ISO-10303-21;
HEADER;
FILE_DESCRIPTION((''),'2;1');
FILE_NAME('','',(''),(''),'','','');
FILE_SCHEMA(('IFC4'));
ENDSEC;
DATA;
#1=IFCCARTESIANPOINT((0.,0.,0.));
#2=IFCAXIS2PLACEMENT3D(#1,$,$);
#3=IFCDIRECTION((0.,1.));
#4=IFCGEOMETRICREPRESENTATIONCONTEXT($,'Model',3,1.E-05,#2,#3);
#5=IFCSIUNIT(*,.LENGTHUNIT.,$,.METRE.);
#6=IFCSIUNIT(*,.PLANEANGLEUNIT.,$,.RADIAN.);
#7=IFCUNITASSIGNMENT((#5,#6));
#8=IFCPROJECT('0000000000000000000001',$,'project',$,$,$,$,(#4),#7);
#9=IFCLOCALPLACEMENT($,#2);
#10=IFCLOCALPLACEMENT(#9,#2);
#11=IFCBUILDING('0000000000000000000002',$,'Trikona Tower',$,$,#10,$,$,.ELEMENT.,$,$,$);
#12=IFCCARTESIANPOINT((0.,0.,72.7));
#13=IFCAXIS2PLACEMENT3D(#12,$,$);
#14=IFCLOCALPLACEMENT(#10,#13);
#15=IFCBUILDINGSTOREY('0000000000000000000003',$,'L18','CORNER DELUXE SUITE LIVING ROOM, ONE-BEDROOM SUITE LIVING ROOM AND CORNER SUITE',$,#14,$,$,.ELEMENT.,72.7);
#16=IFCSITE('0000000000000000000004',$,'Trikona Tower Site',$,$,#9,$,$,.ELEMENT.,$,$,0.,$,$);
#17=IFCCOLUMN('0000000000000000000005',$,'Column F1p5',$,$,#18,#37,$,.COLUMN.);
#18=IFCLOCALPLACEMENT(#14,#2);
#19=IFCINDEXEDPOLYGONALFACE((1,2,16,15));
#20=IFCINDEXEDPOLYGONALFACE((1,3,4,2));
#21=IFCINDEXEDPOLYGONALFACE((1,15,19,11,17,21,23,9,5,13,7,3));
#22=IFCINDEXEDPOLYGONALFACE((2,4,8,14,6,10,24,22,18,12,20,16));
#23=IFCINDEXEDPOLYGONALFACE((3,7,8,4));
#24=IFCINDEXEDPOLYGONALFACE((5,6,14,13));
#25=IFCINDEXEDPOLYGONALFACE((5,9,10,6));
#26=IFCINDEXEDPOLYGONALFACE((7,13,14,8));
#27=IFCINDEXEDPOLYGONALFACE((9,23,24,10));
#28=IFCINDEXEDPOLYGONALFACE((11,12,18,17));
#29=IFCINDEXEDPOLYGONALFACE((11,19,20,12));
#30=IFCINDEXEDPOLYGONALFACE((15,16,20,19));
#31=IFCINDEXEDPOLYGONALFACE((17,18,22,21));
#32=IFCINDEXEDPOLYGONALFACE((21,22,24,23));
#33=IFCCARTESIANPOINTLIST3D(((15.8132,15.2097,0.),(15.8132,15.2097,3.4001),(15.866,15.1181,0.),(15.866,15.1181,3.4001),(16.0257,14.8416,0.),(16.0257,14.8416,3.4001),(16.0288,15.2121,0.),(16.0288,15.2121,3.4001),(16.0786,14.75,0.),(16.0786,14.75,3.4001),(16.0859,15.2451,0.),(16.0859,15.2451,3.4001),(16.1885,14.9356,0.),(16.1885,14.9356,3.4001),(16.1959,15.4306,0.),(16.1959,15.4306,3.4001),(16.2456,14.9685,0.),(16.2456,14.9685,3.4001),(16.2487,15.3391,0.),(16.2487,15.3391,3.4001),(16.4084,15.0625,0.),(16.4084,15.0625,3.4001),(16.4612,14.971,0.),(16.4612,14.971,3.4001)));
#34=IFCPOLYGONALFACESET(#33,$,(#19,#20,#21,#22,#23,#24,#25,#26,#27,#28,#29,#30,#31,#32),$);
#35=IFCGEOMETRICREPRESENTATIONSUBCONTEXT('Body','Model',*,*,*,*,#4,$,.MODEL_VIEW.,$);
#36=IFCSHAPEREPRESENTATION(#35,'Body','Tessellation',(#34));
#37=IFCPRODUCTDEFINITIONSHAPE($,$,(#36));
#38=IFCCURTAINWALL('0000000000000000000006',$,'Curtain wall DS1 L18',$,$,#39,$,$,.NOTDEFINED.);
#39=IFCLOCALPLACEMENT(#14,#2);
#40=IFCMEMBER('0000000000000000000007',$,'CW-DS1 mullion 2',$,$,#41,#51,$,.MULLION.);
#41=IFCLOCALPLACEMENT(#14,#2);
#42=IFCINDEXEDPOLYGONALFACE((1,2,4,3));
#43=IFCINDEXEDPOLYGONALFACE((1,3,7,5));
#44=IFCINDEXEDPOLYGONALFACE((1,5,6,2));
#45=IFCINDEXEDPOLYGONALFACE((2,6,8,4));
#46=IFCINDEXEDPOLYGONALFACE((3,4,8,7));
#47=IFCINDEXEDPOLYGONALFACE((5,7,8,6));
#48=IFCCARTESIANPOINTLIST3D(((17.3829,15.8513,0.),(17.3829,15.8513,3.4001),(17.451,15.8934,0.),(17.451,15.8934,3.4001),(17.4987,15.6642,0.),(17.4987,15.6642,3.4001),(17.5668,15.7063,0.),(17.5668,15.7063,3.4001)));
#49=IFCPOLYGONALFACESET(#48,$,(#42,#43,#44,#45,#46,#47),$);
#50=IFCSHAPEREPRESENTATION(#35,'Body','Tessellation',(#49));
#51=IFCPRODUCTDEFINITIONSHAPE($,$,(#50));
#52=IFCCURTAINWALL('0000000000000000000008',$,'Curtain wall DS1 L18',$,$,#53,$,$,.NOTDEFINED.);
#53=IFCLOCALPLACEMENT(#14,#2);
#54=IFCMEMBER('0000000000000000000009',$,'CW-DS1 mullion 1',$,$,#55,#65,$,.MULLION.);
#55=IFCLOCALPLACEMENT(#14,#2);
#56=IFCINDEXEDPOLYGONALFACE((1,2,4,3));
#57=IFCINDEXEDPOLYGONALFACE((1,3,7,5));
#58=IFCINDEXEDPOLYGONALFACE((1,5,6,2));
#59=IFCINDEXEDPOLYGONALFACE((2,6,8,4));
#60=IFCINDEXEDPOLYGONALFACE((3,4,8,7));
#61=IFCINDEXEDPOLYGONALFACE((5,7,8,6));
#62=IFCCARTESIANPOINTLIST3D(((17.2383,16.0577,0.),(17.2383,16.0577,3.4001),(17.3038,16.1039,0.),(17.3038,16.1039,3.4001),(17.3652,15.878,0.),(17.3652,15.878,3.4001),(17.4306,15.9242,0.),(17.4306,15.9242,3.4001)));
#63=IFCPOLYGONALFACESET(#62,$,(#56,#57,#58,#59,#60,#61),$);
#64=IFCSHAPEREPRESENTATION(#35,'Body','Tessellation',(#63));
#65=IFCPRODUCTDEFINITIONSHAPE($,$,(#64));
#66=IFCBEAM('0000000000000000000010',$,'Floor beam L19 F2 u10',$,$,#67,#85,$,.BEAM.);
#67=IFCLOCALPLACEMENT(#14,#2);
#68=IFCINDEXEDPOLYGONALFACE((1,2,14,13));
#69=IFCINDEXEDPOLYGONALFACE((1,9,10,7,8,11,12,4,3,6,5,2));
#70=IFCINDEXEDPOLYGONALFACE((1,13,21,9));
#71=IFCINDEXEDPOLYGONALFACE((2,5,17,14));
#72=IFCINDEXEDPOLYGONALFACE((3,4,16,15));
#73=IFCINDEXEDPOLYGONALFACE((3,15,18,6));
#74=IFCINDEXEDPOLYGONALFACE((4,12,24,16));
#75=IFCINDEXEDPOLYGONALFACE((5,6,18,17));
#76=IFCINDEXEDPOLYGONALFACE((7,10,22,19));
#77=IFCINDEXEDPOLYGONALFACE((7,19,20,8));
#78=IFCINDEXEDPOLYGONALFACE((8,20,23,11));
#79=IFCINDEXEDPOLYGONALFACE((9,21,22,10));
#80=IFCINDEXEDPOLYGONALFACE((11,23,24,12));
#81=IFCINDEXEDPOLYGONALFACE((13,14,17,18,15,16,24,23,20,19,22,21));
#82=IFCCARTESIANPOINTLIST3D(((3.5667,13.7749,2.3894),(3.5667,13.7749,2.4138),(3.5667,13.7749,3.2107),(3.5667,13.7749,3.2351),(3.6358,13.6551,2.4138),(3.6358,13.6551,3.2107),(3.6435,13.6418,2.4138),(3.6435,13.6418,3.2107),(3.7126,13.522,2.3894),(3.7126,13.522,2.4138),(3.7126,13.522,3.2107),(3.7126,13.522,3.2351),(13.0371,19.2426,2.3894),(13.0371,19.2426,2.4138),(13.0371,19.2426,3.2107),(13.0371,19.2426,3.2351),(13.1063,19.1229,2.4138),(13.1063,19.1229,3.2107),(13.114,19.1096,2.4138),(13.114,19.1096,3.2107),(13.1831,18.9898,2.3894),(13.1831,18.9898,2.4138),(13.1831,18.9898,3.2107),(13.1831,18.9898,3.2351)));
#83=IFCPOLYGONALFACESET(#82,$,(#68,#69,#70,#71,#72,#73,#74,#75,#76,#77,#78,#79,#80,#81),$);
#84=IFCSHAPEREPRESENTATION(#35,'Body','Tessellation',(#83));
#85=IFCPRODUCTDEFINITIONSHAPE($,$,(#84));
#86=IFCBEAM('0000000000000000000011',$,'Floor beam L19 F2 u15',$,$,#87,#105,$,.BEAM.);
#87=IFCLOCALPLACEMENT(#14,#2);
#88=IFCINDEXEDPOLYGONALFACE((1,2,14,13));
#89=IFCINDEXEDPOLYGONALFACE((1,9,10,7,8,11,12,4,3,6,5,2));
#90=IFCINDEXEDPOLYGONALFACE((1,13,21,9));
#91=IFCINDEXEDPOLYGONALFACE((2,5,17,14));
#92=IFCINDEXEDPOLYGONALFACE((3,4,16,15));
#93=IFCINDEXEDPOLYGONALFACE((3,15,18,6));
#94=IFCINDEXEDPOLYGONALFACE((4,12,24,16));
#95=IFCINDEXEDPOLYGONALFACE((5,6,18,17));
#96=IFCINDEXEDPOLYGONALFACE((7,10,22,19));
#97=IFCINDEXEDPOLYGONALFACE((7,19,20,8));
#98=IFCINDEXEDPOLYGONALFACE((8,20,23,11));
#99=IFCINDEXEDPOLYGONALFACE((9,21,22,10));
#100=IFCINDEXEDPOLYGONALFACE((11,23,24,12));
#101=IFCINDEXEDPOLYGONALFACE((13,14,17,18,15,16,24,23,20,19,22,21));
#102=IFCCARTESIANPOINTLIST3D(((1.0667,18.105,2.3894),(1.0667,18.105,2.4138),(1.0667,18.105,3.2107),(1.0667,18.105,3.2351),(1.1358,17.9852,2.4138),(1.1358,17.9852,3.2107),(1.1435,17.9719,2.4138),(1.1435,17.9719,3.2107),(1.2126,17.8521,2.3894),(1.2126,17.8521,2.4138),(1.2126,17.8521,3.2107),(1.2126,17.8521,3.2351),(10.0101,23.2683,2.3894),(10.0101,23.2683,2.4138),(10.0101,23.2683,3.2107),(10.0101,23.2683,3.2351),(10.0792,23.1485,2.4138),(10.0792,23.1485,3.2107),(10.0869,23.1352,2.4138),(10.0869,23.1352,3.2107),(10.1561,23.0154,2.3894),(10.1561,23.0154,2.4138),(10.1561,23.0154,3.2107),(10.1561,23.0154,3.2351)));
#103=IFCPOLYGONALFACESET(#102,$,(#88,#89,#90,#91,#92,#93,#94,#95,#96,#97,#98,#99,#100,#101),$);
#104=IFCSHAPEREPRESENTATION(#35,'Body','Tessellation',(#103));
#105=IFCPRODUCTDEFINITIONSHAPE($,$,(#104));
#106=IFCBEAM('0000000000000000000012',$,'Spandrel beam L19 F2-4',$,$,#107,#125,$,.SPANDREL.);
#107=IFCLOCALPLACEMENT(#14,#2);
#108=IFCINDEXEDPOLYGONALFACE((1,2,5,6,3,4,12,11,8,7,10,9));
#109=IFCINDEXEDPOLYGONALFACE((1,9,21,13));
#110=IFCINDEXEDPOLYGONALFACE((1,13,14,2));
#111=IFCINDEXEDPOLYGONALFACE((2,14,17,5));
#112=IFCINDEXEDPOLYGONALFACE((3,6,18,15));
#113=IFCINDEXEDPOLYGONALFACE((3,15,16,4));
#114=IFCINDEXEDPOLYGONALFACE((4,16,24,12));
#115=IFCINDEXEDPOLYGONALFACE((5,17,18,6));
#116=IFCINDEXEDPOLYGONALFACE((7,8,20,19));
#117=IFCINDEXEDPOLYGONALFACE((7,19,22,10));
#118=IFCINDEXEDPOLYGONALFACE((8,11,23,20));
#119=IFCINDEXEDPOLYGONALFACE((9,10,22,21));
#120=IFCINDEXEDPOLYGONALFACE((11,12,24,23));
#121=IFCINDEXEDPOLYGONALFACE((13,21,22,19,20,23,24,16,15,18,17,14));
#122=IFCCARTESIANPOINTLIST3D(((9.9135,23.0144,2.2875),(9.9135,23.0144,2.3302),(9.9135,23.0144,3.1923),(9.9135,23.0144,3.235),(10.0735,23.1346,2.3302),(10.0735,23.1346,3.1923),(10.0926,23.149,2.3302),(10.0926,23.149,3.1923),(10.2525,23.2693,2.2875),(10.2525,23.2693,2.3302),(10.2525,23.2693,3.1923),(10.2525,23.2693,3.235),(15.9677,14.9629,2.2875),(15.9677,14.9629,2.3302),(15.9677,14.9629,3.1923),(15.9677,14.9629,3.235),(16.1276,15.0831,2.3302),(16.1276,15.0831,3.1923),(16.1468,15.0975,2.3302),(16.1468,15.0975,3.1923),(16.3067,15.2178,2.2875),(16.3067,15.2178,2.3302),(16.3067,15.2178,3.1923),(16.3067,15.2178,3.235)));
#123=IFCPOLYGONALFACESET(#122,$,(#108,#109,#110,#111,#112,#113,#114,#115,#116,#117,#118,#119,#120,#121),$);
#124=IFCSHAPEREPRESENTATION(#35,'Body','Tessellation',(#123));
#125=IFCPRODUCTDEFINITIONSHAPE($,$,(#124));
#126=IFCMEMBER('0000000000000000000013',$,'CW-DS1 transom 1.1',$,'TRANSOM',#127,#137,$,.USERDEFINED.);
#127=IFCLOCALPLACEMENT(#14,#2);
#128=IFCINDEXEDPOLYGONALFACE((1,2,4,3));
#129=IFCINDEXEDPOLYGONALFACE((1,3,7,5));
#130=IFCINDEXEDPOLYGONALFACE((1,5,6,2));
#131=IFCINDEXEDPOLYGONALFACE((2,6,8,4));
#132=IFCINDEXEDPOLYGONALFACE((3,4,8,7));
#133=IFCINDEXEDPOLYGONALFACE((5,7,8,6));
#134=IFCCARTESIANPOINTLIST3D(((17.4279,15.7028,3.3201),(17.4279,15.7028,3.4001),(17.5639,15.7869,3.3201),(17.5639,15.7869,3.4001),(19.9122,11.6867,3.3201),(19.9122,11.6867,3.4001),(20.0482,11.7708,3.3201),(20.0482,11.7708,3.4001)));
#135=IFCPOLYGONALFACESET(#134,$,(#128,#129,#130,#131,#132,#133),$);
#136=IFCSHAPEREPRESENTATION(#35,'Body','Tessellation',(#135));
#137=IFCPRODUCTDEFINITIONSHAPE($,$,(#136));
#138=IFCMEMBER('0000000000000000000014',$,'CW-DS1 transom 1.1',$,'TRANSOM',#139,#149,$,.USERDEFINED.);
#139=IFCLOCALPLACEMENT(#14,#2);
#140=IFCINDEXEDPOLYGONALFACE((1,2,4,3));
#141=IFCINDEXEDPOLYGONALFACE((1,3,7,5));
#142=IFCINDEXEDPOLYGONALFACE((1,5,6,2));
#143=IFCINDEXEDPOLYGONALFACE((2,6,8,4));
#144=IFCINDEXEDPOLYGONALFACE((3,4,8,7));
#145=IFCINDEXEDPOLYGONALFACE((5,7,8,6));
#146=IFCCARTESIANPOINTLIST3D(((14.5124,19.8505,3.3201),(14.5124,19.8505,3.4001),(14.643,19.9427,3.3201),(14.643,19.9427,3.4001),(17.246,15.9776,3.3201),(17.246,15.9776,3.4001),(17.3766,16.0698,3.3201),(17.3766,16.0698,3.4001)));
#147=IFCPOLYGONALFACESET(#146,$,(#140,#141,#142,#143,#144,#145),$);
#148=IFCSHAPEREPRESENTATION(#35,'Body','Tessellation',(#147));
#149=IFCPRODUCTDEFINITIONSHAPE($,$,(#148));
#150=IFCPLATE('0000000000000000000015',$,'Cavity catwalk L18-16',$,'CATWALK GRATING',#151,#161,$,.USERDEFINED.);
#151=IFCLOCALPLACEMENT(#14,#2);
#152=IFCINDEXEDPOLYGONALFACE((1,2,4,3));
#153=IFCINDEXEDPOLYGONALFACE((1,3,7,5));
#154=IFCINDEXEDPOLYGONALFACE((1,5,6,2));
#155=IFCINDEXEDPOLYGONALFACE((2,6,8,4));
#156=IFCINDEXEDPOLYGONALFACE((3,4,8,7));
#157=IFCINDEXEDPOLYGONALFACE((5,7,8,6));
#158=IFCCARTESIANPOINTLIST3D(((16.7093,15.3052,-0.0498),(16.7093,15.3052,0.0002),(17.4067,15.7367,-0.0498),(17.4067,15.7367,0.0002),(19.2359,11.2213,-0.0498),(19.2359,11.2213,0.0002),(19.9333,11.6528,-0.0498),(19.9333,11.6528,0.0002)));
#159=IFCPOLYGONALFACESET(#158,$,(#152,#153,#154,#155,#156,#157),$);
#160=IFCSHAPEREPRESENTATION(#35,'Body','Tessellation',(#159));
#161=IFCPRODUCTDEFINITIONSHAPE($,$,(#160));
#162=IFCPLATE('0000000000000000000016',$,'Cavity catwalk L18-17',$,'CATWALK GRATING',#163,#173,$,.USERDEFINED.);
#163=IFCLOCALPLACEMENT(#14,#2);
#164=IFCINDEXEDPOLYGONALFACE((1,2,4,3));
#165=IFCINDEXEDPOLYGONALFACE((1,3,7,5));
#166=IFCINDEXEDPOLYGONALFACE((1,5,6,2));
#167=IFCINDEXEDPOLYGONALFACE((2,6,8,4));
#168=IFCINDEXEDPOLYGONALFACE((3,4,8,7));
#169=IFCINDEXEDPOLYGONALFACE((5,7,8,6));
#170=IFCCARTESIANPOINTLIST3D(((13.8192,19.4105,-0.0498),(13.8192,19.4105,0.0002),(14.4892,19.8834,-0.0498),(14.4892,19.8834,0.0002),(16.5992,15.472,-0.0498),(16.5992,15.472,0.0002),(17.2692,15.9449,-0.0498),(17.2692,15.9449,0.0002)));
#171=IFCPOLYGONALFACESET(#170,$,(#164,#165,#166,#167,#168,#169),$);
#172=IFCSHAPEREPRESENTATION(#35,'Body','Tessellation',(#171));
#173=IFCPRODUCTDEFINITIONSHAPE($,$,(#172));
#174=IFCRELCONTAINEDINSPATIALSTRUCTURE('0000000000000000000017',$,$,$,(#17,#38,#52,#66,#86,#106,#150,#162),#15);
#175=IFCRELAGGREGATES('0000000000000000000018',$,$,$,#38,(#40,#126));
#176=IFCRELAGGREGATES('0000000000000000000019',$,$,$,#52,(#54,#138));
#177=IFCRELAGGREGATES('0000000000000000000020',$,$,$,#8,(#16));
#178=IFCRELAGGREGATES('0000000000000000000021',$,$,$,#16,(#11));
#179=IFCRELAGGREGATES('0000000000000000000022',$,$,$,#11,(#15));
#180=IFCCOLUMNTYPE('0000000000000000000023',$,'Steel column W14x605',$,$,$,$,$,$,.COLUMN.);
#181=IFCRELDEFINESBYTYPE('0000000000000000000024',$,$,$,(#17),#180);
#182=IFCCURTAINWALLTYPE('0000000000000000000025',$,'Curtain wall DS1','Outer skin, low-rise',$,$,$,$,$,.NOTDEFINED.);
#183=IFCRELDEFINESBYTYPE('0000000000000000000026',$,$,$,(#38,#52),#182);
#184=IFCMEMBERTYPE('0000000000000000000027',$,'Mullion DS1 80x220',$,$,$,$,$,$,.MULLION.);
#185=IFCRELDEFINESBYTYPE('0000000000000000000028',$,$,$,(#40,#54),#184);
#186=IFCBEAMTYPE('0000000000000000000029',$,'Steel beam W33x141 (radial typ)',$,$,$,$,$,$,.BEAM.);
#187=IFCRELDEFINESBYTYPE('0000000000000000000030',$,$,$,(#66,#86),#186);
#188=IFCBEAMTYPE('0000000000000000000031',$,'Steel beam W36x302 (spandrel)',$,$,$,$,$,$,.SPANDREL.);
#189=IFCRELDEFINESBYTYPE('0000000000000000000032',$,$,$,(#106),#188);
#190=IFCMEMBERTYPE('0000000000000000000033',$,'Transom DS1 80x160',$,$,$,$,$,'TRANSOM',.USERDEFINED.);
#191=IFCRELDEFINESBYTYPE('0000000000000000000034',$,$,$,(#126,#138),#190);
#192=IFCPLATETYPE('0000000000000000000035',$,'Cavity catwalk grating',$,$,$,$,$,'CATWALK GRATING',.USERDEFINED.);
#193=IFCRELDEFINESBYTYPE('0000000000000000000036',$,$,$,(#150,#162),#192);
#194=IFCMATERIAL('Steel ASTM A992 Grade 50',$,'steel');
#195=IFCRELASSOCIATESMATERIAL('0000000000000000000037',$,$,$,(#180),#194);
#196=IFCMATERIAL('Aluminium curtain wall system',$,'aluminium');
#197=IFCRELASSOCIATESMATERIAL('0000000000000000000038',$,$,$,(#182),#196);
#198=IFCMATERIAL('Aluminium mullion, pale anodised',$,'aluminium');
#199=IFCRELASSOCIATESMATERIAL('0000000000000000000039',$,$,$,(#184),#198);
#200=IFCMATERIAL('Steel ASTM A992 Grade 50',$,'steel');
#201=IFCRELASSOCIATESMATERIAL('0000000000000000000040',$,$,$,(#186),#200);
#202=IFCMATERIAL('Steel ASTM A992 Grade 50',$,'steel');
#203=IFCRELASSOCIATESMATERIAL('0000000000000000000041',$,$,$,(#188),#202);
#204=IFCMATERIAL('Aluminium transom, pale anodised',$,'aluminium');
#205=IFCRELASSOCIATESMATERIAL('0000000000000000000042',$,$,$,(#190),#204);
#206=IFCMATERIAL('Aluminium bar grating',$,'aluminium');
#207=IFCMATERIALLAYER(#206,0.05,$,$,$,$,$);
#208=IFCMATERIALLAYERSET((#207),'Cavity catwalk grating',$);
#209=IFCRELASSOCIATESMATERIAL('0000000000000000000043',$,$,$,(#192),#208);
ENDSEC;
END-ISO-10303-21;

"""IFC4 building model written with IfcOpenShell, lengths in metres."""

from ifc_helpers import new_model, si_unit, direction, frame, origin, origin_2d, place, context, subcontext, project, spatial, rectangle, i_section, extrude, material, layer, layer_set, material_profile, profile_set, type_object, element, aggregate, save


model = new_model("IFC4")

# Units and contexts
model_context = context("Model", 3, precision=1e-05, world=origin(), true_north=direction((0.0, 1.0)))
body_context = subcontext(model_context, "Body", "Model", "MODEL_VIEW")
ifc_project = project(units=[si_unit("LENGTHUNIT", "METRE"), si_unit("PLANEANGLEUNIT", "RADIAN")], contexts=[model_context])

# Site, building, storey
site_placement = place(None, origin())
site = spatial("IfcSite", under=ifc_project, at=site_placement, Name="Trikona Tower Site", CompositionType="ELEMENT", RefElevation=0.0)
building_placement = place(site_placement, origin())
building = spatial("IfcBuilding", under=site, at=building_placement, Name="Trikona Tower", CompositionType="ELEMENT")
storey_placement = place(building_placement, frame((0.0, 0.0, 72.7)))
storey = spatial("IfcBuildingStorey", under=building, at=storey_placement, Name="L18", Description="CORNER DELUXE SUITE LIVING ROOM, ONE-BEDROOM SUITE LIVING ROOM AND CORNER SUITE", CompositionType="ELEMENT", Elevation=72.7)

# Column
ifc_material_1 = material(Name="Steel ASTM A992 Grade 50", Category="steel")
ifc_material_profile_1 = material_profile(ifc_material_1, i_section(OverallWidth=0.4419, OverallDepth=0.5308, WebThickness=0.0659, FlangeThickness=0.1057, at=origin_2d()), Name="W14X605")
ifc_profile_set_1 = profile_set([ifc_material_profile_1], Name="Steel ASTM A992 Grade 50")
column_type = type_object("IfcColumnType", Name="Steel column W14x605", PredefinedType="COLUMN", material=ifc_profile_set_1)
column_placement = place(storey_placement, frame((16.1372, 15.0903, 0.0), z_axis=(0.0, 0.0, 1.0), x_axis=(0.866025, 0.5, 0.0)))
element("IfcColumn", 1, at=column_placement, inside=storey, type_object=column_type, Name="Column F1p5", PredefinedType="COLUMN", context=body_context, shape_type="SweptSolid", body=[
    extrude(i_section(OverallWidth=0.4419, OverallDepth=0.5308, WebThickness=0.0659, FlangeThickness=0.1057, at=origin_2d()), origin(), (0.0, 0.0, 1.0), 3.4001),
])

# Curtain walls, members
ifc_material_2 = material(Name="Aluminium curtain wall system", Category="aluminium")
curtain_wall_type = type_object("IfcCurtainWallType", Name="Curtain wall DS1", Description="Outer skin, low-rise", PredefinedType="NOTDEFINED", material=ifc_material_2)
curtain_wall_1_placement = place(storey_placement, origin())
curtain_wall_1 = element("IfcCurtainWall", 2, at=curtain_wall_1_placement, inside=storey, type_object=curtain_wall_type, Name="Curtain wall DS1 L18", PredefinedType="NOTDEFINED")
ifc_material_3 = material(Name="Aluminium mullion, pale anodised", Category="aluminium")
ifc_material_profile_2 = material_profile(ifc_material_3, rectangle(XDim=0.0801, YDim=0.22, at=origin_2d()), Name="MUL-DS1")
ifc_profile_set_2 = profile_set([ifc_material_profile_2], Name="Aluminium mullion, pale anodised")
member_type_1 = type_object("IfcMemberType", Name="Mullion DS1 80x220", PredefinedType="MULLION", material=ifc_profile_set_2)
member_1_placement = place(storey_placement, frame((17.4749, 15.7788, 0.0), z_axis=(0.0, 0.0, 1.0), x_axis=(-0.85041, -0.52612, 0.0)))
member_1 = element("IfcMember", 3, at=member_1_placement, type_object=member_type_1, Name="CW-DS1 mullion 2", PredefinedType="MULLION", context=body_context, shape_type="SweptSolid", body=[
    extrude(rectangle(XDim=0.0801, YDim=0.22, at=origin_2d()), origin(), (0.0, 0.0, 1.0), 3.4001),
])
curtain_wall_2_placement = place(storey_placement, origin())
curtain_wall_2 = element("IfcCurtainWall", 4, at=curtain_wall_2_placement, inside=storey, type_object=curtain_wall_type, Name="Curtain wall DS1 L18", PredefinedType="NOTDEFINED")
member_2_placement = place(storey_placement, frame((17.3345, 15.991, 0.0), z_axis=(0.0, 0.0, 1.0), x_axis=(-0.816985, -0.576658, 0.0)))
member_2 = element("IfcMember", 5, at=member_2_placement, type_object=member_type_1, Name="CW-DS1 mullion 1", PredefinedType="MULLION", context=body_context, shape_type="SweptSolid", body=[
    extrude(rectangle(XDim=0.0801, YDim=0.22, at=origin_2d()), origin(), (0.0, 0.0, 1.0), 3.4001),
])

# Beams
ifc_material_4 = material(Name="Steel ASTM A992 Grade 50", Category="steel")
ifc_material_profile_3 = material_profile(ifc_material_4, i_section(OverallWidth=0.292, OverallDepth=0.8457, WebThickness=0.0154, FlangeThickness=0.0244, at=origin_2d()), Name="W33X141")
ifc_profile_set_3 = profile_set([ifc_material_profile_3], Name="Steel ASTM A992 Grade 50")
beam_type_1 = type_object("IfcBeamType", Name="Steel beam W33x141 (radial typ)", PredefinedType="BEAM", material=ifc_profile_set_3)
beam_1_placement = place(storey_placement, frame((3.6396, 13.6484, 2.8123), z_axis=(0.866025, 0.5, 0.0), x_axis=(-0.5, 0.866025, 0.0)))
element("IfcBeam", 6, at=beam_1_placement, inside=storey, type_object=beam_type_1, Name="Floor beam L19 F2 u10", PredefinedType="BEAM", context=body_context, shape_type="SweptSolid", body=[
    extrude(i_section(OverallWidth=0.292, OverallDepth=0.8457, WebThickness=0.0154, FlangeThickness=0.0244, at=origin_2d()), origin(), (0.0, 0.0, 1.0), 10.9355),
])
beam_2_placement = place(storey_placement, frame((1.1396, 17.9785, 2.8123), z_axis=(0.86603, 0.499991, 0.0), x_axis=(-0.499991, 0.86603, 0.0)))
element("IfcBeam", 7, at=beam_2_placement, inside=storey, type_object=beam_type_1, Name="Floor beam L19 F2 u15", PredefinedType="BEAM", context=body_context, shape_type="SweptSolid", body=[
    extrude(i_section(OverallWidth=0.292, OverallDepth=0.8457, WebThickness=0.0154, FlangeThickness=0.0244, at=origin_2d()), origin(), (0.0, 0.0, 1.0), 10.3269),
])
ifc_material_5 = material(Name="Steel ASTM A992 Grade 50", Category="steel")
ifc_material_profile_4 = material_profile(ifc_material_5, i_section(OverallWidth=0.4241, OverallDepth=0.9475, WebThickness=0.0239, FlangeThickness=0.0427, at=origin_2d()), Name="W36X302")
ifc_profile_set_4 = profile_set([ifc_material_profile_4], Name="Steel ASTM A992 Grade 50")
beam_type_2 = type_object("IfcBeamType", Name="Steel beam W36x302 (spandrel)", PredefinedType="SPANDREL", material=ifc_profile_set_4)
beam_3_placement = place(storey_placement, frame((16.1372, 15.0903, 2.7612), z_axis=(-0.600988, 0.799258, 0.0), x_axis=(-0.799258, -0.600988, 0.0)))
element("IfcBeam", 8, at=beam_3_placement, inside=storey, type_object=beam_type_2, Name="Spandrel beam L19 F2-4", PredefinedType="SPANDREL", context=body_context, shape_type="SweptSolid", body=[
    extrude(i_section(OverallWidth=0.4241, OverallDepth=0.9475, WebThickness=0.0239, FlangeThickness=0.0427, at=origin_2d()), origin(), (0.0, 0.0, 1.0), 10.0737),
])

# Members
ifc_material_6 = material(Name="Aluminium transom, pale anodised", Category="aluminium")
ifc_material_profile_5 = material_profile(ifc_material_6, rectangle(XDim=0.1599, YDim=0.0801, at=origin_2d()), Name="TRN-DS1")
ifc_profile_set_5 = profile_set([ifc_material_profile_5], Name="Aluminium transom, pale anodised")
member_type_2 = type_object("IfcMemberType", Name="Transom DS1 80x160", ElementType="TRANSOM", PredefinedType="USERDEFINED", material=ifc_profile_set_5)
member_3_placement = place(storey_placement, frame((19.9802, 11.7288, 3.3601), z_axis=(-0.526081, 0.850435, 0.0), x_axis=(-0.850435, -0.526081, 0.0)))
member_3 = element("IfcMember", 9, at=member_3_placement, type_object=member_type_2, Name="CW-DS1 transom 1.1", ObjectType="TRANSOM", PredefinedType="USERDEFINED", context=body_context, shape_type="SweptSolid", body=[
    extrude(rectangle(XDim=0.1599, YDim=0.0801, at=origin_2d()), origin(), (0.0, 0.0, 1.0), 4.7224),
])
member_4_placement = place(storey_placement, frame((17.3113, 16.0237, 3.3601), z_axis=(-0.576645, 0.816995, 0.0), x_axis=(-0.816995, -0.576645, 0.0)))
member_4 = element("IfcMember", 10, at=member_4_placement, type_object=member_type_2, Name="CW-DS1 transom 1.1", ObjectType="TRANSOM", PredefinedType="USERDEFINED", context=body_context, shape_type="SweptSolid", body=[
    extrude(rectangle(XDim=0.1599, YDim=0.0801, at=origin_2d()), origin(), (0.0, 0.0, 1.0), 4.7405),
])

# Plates
ifc_material_7 = material(Name="Aluminium bar grating", Category="aluminium")
ifc_layer_1 = layer(ifc_material_7, 0.05)
ifc_layer_set_1 = layer_set([ifc_layer_1], Name="Cavity catwalk grating")
plate_type_1 = type_object("IfcPlateType", Name="Cavity catwalk grating", ElementType="CATWALK GRATING", PredefinedType="USERDEFINED", material=ifc_layer_set_1)
plate_1_placement = place(storey_placement, frame((18.3213, 13.479, -0.0498), z_axis=(0.0, 0.0, 1.0), x_axis=(-0.526119, 0.850411, 0.0)))
element("IfcPlate", 11, at=plate_1_placement, inside=storey, type_object=plate_type_1, Name="Cavity catwalk L18-16", ObjectType="CATWALK GRATING", PredefinedType="USERDEFINED", context=body_context, shape_type="SweptSolid", body=[
    extrude(rectangle(XDim=4.8022, YDim=0.8201, at=origin_2d()), origin(), (0.0, 0.0, 1.0), 0.05),
])
plate_2_placement = place(storey_placement, frame((15.5442, 17.6777, -0.0498), z_axis=(0.0, 0.0, 1.0), x_axis=(-0.576662, 0.816983, 0.0)))
element("IfcPlate", 12, at=plate_2_placement, inside=storey, type_object=plate_type_1, Name="Cavity catwalk L18-17", ObjectType="CATWALK GRATING", PredefinedType="USERDEFINED", context=body_context, shape_type="SweptSolid", body=[
    extrude(rectangle(XDim=4.8208, YDim=0.8201, at=origin_2d()), origin(), (0.0, 0.0, 1.0), 0.05),
])

aggregate(curtain_wall_1, [member_1, member_3])
aggregate(curtain_wall_2, [member_2, member_4])

save(model, "model.ifc")
